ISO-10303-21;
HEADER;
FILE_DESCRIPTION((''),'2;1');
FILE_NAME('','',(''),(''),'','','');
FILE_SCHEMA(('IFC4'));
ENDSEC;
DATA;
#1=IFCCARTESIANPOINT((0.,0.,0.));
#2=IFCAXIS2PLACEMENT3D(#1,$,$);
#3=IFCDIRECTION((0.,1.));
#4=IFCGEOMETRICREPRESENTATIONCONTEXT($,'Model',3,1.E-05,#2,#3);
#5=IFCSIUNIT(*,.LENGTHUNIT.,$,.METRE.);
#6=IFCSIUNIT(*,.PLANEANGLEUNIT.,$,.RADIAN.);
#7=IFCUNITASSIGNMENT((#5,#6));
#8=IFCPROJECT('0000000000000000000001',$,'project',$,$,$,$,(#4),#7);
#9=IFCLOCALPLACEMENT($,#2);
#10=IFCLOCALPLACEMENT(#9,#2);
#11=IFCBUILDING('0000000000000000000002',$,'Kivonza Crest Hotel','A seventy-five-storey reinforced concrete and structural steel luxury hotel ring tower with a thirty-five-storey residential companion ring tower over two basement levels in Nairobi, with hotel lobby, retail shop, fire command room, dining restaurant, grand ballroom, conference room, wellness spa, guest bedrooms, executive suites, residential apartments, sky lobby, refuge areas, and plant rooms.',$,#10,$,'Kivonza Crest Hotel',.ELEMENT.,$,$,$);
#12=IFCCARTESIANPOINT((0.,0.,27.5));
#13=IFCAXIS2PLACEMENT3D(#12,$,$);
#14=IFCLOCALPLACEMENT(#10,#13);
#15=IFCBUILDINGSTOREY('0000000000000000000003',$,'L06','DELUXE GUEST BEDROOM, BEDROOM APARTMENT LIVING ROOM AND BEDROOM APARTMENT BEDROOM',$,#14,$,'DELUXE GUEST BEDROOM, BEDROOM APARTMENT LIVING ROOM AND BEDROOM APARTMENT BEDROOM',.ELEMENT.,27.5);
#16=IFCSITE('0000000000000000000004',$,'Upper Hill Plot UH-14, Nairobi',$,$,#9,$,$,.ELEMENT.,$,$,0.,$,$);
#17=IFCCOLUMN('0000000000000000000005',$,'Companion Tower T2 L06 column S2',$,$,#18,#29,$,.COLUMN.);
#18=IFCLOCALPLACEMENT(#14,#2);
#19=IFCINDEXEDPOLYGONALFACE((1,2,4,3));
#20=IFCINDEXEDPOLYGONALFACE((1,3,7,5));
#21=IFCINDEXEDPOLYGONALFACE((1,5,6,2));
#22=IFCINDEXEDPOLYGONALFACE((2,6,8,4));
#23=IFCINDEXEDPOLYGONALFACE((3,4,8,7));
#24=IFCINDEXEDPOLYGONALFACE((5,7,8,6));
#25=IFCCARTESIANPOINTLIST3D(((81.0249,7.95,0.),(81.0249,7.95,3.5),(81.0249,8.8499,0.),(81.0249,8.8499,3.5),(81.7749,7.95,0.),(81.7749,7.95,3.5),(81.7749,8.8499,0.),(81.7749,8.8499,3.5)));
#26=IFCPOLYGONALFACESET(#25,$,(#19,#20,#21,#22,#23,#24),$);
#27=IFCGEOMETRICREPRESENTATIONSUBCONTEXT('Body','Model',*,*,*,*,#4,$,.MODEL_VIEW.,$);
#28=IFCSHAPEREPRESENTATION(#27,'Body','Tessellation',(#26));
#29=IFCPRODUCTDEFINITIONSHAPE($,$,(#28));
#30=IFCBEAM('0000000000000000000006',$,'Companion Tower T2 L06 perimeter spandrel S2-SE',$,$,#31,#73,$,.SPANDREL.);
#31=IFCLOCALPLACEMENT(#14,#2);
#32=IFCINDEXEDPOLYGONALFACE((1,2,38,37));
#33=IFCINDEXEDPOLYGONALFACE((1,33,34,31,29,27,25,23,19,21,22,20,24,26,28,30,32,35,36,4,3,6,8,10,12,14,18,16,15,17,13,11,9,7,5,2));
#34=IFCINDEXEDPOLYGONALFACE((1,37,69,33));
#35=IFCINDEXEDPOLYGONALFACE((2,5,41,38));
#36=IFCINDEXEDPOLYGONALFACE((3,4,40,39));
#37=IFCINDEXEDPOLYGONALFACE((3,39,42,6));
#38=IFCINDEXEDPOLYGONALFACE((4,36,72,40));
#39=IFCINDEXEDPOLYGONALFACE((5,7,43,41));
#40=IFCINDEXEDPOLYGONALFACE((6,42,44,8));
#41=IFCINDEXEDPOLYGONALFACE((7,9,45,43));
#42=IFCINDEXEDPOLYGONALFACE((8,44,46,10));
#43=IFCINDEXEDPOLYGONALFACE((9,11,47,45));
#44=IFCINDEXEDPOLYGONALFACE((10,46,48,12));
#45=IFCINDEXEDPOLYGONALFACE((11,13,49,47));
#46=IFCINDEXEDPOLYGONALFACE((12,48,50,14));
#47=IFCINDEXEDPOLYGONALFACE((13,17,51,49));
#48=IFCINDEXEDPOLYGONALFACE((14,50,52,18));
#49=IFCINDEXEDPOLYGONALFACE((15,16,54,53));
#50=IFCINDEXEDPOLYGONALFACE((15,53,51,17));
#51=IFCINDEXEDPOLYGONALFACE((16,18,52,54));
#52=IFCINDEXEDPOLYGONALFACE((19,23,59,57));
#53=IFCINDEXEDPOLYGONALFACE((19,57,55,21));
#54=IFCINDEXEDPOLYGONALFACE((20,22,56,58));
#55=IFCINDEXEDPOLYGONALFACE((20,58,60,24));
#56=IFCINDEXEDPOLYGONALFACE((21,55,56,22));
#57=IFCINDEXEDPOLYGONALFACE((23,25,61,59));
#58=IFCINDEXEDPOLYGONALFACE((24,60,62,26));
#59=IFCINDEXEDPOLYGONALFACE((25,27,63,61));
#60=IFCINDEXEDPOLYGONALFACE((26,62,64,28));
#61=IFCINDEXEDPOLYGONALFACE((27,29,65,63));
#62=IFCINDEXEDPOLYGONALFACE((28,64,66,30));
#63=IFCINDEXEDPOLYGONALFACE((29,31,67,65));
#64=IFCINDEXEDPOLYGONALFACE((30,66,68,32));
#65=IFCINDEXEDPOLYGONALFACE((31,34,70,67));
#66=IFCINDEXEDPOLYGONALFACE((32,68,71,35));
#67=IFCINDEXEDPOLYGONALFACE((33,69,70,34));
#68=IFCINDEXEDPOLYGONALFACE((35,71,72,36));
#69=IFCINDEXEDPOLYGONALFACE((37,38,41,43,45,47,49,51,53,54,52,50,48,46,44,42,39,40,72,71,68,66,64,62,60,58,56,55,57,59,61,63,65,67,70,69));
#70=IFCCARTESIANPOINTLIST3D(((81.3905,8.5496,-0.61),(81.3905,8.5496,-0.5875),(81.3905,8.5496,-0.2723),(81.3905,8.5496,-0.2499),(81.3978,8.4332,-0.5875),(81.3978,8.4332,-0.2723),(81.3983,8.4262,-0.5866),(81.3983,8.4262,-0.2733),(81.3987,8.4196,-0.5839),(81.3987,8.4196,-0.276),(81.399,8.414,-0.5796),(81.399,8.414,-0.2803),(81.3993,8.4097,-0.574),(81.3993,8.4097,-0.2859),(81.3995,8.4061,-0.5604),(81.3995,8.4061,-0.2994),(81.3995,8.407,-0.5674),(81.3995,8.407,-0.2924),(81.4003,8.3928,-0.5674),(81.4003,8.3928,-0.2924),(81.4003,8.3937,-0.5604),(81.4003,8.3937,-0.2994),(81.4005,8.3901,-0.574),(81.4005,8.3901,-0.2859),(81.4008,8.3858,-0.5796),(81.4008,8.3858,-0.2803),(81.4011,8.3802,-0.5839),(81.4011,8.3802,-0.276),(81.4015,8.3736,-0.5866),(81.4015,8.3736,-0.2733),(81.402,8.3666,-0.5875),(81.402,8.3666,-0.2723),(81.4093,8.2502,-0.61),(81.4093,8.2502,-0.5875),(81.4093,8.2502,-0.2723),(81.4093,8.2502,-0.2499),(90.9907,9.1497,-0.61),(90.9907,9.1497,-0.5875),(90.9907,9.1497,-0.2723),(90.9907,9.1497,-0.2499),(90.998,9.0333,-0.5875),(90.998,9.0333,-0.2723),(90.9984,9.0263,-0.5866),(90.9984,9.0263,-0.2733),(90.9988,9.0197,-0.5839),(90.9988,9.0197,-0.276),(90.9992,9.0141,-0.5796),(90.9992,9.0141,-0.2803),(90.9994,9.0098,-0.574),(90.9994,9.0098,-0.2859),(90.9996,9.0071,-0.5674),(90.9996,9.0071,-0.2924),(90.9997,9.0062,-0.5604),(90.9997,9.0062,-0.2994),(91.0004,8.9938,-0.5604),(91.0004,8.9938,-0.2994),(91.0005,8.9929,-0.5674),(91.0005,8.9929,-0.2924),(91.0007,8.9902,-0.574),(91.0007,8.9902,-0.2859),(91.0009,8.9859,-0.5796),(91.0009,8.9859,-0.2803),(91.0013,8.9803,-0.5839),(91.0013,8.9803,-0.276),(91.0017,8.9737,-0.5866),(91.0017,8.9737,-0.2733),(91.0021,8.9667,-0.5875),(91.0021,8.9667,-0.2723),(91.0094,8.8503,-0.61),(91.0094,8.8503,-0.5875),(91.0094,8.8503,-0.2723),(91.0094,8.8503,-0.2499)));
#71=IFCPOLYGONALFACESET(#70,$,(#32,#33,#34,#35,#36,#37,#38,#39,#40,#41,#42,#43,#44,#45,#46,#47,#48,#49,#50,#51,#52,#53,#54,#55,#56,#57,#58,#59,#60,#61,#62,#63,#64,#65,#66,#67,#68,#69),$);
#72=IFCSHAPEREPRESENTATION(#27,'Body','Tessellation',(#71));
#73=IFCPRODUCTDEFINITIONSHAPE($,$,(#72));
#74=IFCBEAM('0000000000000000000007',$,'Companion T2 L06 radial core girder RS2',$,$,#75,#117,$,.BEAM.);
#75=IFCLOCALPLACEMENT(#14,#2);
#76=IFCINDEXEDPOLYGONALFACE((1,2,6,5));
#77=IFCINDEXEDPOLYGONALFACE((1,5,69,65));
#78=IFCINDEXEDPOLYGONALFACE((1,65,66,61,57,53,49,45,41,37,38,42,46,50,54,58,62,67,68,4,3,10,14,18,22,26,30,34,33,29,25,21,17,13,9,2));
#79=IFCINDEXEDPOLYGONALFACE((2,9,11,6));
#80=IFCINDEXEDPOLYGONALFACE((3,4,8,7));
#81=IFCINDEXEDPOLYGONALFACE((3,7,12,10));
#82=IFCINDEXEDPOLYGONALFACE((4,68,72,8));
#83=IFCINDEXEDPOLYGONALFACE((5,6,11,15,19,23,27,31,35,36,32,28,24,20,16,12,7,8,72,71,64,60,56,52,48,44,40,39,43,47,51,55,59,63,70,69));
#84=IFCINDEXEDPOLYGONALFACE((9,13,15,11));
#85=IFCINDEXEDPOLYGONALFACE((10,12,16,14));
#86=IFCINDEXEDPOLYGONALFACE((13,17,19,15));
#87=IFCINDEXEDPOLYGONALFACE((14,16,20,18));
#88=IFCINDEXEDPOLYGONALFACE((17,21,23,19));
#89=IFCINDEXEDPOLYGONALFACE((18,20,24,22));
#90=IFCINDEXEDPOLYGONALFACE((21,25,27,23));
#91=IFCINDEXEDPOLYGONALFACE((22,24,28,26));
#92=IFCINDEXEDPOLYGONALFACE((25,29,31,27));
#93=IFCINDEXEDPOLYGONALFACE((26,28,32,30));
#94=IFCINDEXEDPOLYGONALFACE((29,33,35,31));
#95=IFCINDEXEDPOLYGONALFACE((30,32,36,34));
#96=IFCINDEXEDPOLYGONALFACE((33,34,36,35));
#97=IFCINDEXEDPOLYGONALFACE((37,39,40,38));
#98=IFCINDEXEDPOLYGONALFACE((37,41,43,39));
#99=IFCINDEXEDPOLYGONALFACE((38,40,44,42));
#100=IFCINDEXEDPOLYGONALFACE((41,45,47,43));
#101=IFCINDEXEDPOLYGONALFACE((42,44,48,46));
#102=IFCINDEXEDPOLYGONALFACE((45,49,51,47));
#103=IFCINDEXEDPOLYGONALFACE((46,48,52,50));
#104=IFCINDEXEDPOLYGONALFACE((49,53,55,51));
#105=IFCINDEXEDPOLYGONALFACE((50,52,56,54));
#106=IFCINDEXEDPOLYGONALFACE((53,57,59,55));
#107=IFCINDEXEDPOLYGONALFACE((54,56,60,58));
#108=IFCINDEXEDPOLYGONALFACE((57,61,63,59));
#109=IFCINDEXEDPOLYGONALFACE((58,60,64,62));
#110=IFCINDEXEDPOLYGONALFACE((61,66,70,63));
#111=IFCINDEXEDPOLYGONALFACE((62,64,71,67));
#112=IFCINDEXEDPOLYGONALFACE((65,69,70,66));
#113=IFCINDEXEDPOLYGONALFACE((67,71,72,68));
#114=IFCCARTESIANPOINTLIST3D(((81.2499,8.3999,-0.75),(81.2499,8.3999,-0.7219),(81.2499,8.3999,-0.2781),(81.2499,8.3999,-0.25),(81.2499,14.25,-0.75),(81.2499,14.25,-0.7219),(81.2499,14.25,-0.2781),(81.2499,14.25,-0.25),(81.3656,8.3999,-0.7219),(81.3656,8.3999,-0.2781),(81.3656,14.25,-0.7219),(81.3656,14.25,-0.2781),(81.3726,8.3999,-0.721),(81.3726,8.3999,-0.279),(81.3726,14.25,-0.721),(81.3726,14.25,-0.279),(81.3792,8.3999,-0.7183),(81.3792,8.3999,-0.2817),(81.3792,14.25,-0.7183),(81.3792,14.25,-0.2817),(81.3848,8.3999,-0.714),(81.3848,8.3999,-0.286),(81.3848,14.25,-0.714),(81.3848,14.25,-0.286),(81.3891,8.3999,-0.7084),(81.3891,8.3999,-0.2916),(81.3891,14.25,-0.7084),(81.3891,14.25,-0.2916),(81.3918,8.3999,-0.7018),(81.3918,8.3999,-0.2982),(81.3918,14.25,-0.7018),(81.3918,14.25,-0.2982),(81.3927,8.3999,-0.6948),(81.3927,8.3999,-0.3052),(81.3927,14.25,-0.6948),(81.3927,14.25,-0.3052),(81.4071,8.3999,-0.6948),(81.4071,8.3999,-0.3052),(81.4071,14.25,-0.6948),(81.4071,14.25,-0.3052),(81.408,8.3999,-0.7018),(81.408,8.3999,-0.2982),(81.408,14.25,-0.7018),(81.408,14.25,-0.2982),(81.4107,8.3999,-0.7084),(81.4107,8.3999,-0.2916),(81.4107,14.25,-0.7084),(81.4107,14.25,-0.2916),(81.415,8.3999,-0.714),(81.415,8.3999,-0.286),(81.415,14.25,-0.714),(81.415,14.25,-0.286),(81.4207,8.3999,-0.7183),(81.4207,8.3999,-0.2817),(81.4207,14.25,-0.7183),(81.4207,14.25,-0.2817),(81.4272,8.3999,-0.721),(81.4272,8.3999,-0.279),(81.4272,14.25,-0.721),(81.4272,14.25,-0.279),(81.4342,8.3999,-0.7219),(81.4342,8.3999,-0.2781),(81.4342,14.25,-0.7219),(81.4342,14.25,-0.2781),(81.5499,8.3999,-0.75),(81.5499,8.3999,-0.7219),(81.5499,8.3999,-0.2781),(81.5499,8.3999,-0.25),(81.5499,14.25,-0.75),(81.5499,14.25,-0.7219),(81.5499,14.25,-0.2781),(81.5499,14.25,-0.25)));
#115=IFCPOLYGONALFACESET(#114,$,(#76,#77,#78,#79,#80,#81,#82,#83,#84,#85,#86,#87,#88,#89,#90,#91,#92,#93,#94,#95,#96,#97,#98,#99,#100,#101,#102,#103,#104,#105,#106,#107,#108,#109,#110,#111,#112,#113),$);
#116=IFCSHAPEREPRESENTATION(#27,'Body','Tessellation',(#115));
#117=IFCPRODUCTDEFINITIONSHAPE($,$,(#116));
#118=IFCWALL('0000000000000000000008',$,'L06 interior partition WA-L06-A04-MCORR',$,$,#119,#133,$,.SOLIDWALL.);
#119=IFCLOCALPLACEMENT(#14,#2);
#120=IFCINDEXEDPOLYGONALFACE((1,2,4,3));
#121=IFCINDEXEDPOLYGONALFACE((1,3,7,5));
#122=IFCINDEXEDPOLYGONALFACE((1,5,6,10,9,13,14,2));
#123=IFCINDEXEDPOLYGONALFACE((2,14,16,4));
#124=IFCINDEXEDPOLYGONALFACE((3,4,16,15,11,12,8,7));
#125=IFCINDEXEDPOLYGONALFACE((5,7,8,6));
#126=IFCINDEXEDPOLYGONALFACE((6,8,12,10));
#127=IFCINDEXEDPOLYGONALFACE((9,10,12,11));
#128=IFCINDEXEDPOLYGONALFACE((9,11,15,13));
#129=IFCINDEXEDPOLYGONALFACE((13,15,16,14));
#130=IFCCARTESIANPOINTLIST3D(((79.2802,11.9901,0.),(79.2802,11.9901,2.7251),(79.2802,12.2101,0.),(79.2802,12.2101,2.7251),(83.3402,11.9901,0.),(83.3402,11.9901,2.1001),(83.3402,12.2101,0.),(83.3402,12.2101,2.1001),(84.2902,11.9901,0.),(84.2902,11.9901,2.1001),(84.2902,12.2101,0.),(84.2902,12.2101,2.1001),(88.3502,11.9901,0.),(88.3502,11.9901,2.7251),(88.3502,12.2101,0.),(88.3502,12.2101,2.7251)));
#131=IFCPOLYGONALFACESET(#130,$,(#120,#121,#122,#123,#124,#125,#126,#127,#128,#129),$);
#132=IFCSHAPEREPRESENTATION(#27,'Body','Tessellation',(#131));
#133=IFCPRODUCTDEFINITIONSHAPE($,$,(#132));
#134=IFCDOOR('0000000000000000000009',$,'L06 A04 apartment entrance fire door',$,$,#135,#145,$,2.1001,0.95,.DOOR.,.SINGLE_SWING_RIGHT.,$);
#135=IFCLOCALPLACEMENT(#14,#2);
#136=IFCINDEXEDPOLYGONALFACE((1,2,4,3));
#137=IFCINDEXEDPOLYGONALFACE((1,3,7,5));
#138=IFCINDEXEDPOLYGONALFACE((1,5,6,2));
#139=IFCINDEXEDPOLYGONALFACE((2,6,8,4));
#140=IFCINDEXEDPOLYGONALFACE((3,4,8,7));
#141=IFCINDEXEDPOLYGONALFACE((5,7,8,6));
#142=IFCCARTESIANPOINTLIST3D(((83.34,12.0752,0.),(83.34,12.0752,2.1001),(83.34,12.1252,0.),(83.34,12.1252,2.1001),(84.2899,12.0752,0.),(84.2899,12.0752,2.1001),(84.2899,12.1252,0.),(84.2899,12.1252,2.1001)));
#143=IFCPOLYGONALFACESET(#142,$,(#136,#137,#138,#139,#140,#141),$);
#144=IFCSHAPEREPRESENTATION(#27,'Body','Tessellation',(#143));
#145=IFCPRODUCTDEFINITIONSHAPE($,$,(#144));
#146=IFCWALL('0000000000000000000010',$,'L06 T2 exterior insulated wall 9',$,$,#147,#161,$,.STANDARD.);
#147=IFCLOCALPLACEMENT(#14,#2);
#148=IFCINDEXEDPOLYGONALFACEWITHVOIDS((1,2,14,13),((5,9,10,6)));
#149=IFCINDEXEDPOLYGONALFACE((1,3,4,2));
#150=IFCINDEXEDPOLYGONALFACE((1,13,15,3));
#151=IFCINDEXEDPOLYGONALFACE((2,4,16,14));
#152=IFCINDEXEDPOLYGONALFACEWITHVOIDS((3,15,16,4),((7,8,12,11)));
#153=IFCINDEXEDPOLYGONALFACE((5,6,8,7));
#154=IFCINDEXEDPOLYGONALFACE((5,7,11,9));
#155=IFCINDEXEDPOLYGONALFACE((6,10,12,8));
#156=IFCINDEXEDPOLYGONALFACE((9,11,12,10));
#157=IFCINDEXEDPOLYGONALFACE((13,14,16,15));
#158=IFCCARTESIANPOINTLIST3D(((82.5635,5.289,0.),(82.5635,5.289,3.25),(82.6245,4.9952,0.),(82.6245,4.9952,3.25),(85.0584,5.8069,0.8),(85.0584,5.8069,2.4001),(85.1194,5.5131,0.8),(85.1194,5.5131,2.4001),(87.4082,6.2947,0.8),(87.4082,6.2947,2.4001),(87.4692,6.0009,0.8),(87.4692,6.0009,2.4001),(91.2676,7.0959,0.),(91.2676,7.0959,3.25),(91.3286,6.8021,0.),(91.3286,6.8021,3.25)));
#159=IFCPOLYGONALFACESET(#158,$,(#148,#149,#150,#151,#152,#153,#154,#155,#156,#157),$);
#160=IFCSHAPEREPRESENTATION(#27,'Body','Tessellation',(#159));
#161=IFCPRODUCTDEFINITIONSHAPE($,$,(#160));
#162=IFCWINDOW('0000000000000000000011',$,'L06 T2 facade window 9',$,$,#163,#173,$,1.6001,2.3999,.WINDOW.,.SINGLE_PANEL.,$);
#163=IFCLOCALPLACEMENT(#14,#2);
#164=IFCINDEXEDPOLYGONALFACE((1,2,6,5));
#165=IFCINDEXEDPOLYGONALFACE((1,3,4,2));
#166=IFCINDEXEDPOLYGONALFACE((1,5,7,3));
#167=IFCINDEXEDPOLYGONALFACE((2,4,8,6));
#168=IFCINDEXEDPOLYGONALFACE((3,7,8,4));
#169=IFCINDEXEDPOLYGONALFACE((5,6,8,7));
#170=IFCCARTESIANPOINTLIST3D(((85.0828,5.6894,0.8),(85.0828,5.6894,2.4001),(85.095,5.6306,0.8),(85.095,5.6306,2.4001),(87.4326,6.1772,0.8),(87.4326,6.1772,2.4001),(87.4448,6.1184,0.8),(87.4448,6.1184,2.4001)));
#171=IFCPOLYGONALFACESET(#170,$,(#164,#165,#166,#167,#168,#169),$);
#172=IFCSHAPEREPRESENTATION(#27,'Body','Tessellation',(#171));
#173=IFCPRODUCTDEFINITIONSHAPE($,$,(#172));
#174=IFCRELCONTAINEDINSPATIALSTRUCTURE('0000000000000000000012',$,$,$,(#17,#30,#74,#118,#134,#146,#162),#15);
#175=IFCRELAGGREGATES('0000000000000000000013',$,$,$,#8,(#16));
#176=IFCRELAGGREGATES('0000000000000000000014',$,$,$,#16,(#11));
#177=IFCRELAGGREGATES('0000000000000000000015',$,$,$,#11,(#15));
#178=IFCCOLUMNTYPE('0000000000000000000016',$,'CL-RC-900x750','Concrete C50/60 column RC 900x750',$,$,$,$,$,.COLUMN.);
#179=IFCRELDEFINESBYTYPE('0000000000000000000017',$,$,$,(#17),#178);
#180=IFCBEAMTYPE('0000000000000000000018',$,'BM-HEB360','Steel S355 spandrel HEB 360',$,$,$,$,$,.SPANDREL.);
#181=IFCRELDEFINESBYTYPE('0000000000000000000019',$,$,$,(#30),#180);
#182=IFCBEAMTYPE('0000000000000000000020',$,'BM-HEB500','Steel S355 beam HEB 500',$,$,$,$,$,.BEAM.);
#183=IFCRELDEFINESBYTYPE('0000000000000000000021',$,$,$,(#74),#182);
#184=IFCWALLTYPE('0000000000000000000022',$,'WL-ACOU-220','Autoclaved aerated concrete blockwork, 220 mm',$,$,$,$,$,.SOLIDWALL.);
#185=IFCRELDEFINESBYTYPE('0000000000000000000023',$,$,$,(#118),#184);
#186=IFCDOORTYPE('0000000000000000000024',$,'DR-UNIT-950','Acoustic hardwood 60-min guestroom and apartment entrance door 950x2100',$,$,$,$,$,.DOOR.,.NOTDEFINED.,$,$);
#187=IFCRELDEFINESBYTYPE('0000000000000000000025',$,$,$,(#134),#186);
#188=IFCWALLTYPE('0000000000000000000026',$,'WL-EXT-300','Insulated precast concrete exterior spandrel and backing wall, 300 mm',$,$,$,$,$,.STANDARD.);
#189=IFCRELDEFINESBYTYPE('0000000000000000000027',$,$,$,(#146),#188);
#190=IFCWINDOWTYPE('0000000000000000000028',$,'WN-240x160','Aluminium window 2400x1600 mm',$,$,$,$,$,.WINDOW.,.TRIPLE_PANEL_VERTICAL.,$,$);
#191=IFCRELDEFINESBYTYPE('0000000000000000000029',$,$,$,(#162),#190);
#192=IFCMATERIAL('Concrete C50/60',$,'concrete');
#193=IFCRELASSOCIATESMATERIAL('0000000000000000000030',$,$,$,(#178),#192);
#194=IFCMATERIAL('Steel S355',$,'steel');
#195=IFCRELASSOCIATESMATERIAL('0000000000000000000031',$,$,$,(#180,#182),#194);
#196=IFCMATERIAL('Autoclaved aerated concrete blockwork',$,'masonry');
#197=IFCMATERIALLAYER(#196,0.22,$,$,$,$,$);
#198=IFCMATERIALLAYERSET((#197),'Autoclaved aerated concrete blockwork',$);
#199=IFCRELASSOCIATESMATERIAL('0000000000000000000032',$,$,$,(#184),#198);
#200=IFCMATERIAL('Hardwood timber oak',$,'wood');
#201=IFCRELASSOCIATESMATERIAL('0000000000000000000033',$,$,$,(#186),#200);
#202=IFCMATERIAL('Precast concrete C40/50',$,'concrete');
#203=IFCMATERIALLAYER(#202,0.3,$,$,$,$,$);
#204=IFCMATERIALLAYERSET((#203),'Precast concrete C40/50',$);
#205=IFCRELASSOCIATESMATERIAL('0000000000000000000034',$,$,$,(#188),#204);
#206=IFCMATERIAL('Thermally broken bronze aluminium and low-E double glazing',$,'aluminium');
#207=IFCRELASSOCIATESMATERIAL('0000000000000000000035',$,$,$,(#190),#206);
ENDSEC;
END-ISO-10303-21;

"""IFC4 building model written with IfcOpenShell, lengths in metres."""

from ifc_helpers import new_model, si_unit, direction, frame, frame_2d, origin, origin_2d, place, context, subcontext, project, spatial, rectangle, i_section, extrude, material, layer, layer_set, material_profile, profile_set, type_object, element, fill, save


model = new_model("IFC4")

# Units and contexts
model_context = context("Model", 3, precision=1e-05, world=origin(), true_north=direction((0.0, 1.0)))
body_context = subcontext(model_context, "Body", "Model", "MODEL_VIEW")
ifc_project = project(units=[si_unit("LENGTHUNIT", "METRE"), si_unit("PLANEANGLEUNIT", "RADIAN")], contexts=[model_context])

# Site, building, storey
site_placement = place(None, origin())
site = spatial("IfcSite", under=ifc_project, at=site_placement, Name="Upper Hill Plot UH-14, Nairobi", CompositionType="ELEMENT", RefElevation=0.0)
building_placement = place(site_placement, origin())
building = spatial("IfcBuilding", under=site, at=building_placement, Name="Kivonza Crest Hotel", Description="A seventy-five-storey reinforced concrete and structural steel luxury hotel ring tower with a thirty-five-storey residential companion ring tower over two basement levels in Nairobi, with hotel lobby, retail shop, fire command room, dining restaurant, grand ballroom, conference room, wellness spa, guest bedrooms, executive suites, residential apartments, sky lobby, refuge areas, and plant rooms.", LongName="Kivonza Crest Hotel", CompositionType="ELEMENT")
storey_placement = place(building_placement, frame((0.0, 0.0, 27.5)))
storey = spatial("IfcBuildingStorey", under=building, at=storey_placement, Name="L06", Description="DELUXE GUEST BEDROOM, BEDROOM APARTMENT LIVING ROOM AND BEDROOM APARTMENT BEDROOM", LongName="DELUXE GUEST BEDROOM, BEDROOM APARTMENT LIVING ROOM AND BEDROOM APARTMENT BEDROOM", CompositionType="ELEMENT", Elevation=27.5)

# Column
ifc_material_1 = material(Name="Concrete C50/60", Category="concrete")
ifc_material_profile_1 = material_profile(ifc_material_1, rectangle(XDim=0.75, YDim=0.8999, at=origin_2d()), Name="RC 900x750")
ifc_profile_set_1 = profile_set([ifc_material_profile_1], Name="Concrete C50/60")
column_type = type_object("IfcColumnType", Name="CL-RC-900x750", Description="Concrete C50/60 column RC 900x750", PredefinedType="COLUMN", material=ifc_profile_set_1)
column_placement = place(storey_placement, frame((81.3999, 8.3999, 0.0), z_axis=(0.0, 0.0, 1.0), x_axis=(1.0, 0.0, 0.0)))
element("IfcColumn", 1, at=column_placement, inside=storey, type_object=column_type, Name="Companion Tower T2 L06 column S2", PredefinedType="COLUMN", context=body_context, shape_type="SweptSolid", body=[
    extrude(rectangle(XDim=0.75, YDim=0.8999, at=origin_2d()), origin(), (0.0, 0.0, 1.0), 3.5),
])

# Beams
ifc_material_2 = material(Name="Steel S355", Category="steel")
ifc_material_profile_2 = material_profile(ifc_material_2, i_section(OverallWidth=0.3, OverallDepth=0.3601, WebThickness=0.0125, FlangeThickness=0.0225, FilletRadius=0.0271, at=origin_2d()), Name="HEB 360")
ifc_profile_set_2 = profile_set([ifc_material_profile_2], Name="Steel S355")
beam_type_1 = type_object("IfcBeamType", Name="BM-HEB360", Description="Steel S355 spandrel HEB 360", PredefinedType="SPANDREL", material=ifc_profile_set_2)
beam_1_placement = place(storey_placement, frame((81.3999, 8.3999, -0.4299), z_axis=(0.998052, 0.062388, 0.0), x_axis=(-0.062388, 0.998052, 0.0)))
element("IfcBeam", 2, at=beam_1_placement, inside=storey, type_object=beam_type_1, Name="Companion Tower T2 L06 perimeter spandrel S2-SE", PredefinedType="SPANDREL", context=body_context, shape_type="SweptSolid", body=[
    extrude(i_section(OverallWidth=0.3, OverallDepth=0.3601, WebThickness=0.0125, FlangeThickness=0.0225, FilletRadius=0.0271, at=origin_2d()), origin(), (0.0, 0.0, 1.0), 9.6189),
])
ifc_material_profile_3 = material_profile(ifc_material_2, i_section(OverallWidth=0.3, OverallDepth=0.5, WebThickness=0.0144, FlangeThickness=0.0281, FilletRadius=0.0271, at=origin_2d()), Name="HEB 500")
ifc_profile_set_3 = profile_set([ifc_material_profile_3], Name="Steel S355")
beam_type_2 = type_object("IfcBeamType", Name="BM-HEB500", Description="Steel S355 beam HEB 500", PredefinedType="BEAM", material=ifc_profile_set_3)
beam_2_placement = place(storey_placement, frame((81.3999, 8.3999, -0.5), z_axis=(0.0, 1.0, 0.0), x_axis=(-1.0, 0.0, 0.0)))
element("IfcBeam", 3, at=beam_2_placement, inside=storey, type_object=beam_type_2, Name="Companion T2 L06 radial core girder RS2", PredefinedType="BEAM", context=body_context, shape_type="SweptSolid", body=[
    extrude(i_section(OverallWidth=0.3, OverallDepth=0.5, WebThickness=0.0144, FlangeThickness=0.0281, FilletRadius=0.0271, at=origin_2d()), origin(), (0.0, 0.0, 1.0), 5.8501),
])

# Wall, opening, door
ifc_material_3 = material(Name="Autoclaved aerated concrete blockwork", Category="masonry")
ifc_layer_1 = layer(ifc_material_3, 0.22)
ifc_layer_set_1 = layer_set([ifc_layer_1], Name="Autoclaved aerated concrete blockwork")
wall_type_1 = type_object("IfcWallType", Name="WL-ACOU-220", Description="Autoclaved aerated concrete blockwork, 220 mm", PredefinedType="SOLIDWALL", material=ifc_layer_set_1)
wall_1_placement = place(storey_placement, frame((79.28, 12.1001, 0.0), z_axis=(0.0, 0.0, 1.0), x_axis=(1.0, 0.0, 0.0)))
wall_1 = element("IfcWall", 4, at=wall_1_placement, inside=storey, type_object=wall_type_1, Name="L06 interior partition WA-L06-A04-MCORR", PredefinedType="SOLIDWALL", context=body_context, shape_type="SweptSolid", body=[
    extrude(rectangle(XDim=9.0701, YDim=0.22, at=frame_2d((4.5352, 0.0))), origin(), (0.0, 0.0, 1.0), 2.7251),
])
opening_1_placement = place(wall_1_placement, frame((4.0601, 0.0, 0.0)))
opening_1 = element("IfcOpeningElement", 5, at=opening_1_placement, cuts=wall_1, PredefinedType="OPENING", context=body_context, shape_type="SweptSolid", body=[
    extrude(rectangle(XDim=0.95, YDim=2.1001, at=frame_2d((0.4751, 1.05))), frame((0.0, 0.1201, 0.0), z_axis=(0.0, -1.0, 0.0), x_axis=(1.0, 0.0, 0.0)), (0.0, 0.0, 1.0), 0.24),
])
ifc_material_4 = material(Name="Hardwood timber oak", Category="wood")
door_type_1 = type_object("IfcDoorType", Name="DR-UNIT-950", Description="Acoustic hardwood 60-min guestroom and apartment entrance door 950x2100", OperationType="NOTDEFINED", PredefinedType="DOOR", material=ifc_material_4)
door_1_placement = place(opening_1_placement, frame((0.95, 0.0, 0.0), z_axis=(0.0, 0.0, 1.0), x_axis=(-1.0, 0.0, 0.0)))
door_1 = element("IfcDoor", 6, at=door_1_placement, inside=storey, type_object=door_type_1, Name="L06 A04 apartment entrance fire door", OperationType="SINGLE_SWING_RIGHT", OverallHeight=2.1001, OverallWidth=0.95, PredefinedType="DOOR", context=body_context, shape_type="SweptSolid", body=[
    extrude(rectangle(XDim=0.95, YDim=2.1001, at=frame_2d((0.4751, 1.05))), frame((0.0, 0.0249, 0.0), z_axis=(0.0, -1.0, 0.0), x_axis=(1.0, 0.0, 0.0)), (0.0, 0.0, 1.0), 0.05),
])
fill(opening_1, door_1)

# Wall, opening, window
ifc_material_5 = material(Name="Precast concrete C40/50", Category="concrete")
ifc_layer_2 = layer(ifc_material_5, 0.3)
ifc_layer_set_2 = layer_set([ifc_layer_2], Name="Precast concrete C40/50")
wall_type_2 = type_object("IfcWallType", Name="WL-EXT-300", Description="Insulated precast concrete exterior spandrel and backing wall, 300 mm", PredefinedType="STANDARD", material=ifc_layer_set_2)
wall_2_placement = place(storey_placement, frame((82.594, 5.1421, 0.0), z_axis=(0.0, 0.0, 1.0), x_axis=(0.979125, 0.203257, 0.0)))
wall_2 = element("IfcWall", 7, at=wall_2_placement, inside=storey, type_object=wall_type_2, Name="L06 T2 exterior insulated wall 9", PredefinedType="STANDARD", context=body_context, shape_type="SweptSolid", body=[
    extrude(rectangle(XDim=8.8896, YDim=0.3, at=frame_2d((4.4448, 0.0))), origin(), (0.0, 0.0, 1.0), 3.25),
])
opening_2_placement = place(wall_2_placement, frame((2.5481, 0.0, 0.8)))
opening_2 = element("IfcOpeningElement", 8, at=opening_2_placement, cuts=wall_2, PredefinedType="OPENING", context=body_context, shape_type="SweptSolid", body=[
    extrude(rectangle(XDim=2.3999, YDim=1.6001, at=frame_2d((1.2, 0.8))), frame((0.0, 0.1602, 0.0), z_axis=(0.0, -1.0, 0.0), x_axis=(1.0, 0.0, 0.0)), (0.0, 0.0, 1.0), 0.3201),
])
ifc_material_6 = material(Name="Thermally broken bronze aluminium and low-E double glazing", Category="aluminium")
window_type = type_object("IfcWindowType", Name="WN-240x160", Description="Aluminium window 2400x1600 mm", PartitioningType="TRIPLE_PANEL_VERTICAL", PredefinedType="WINDOW", material=ifc_material_6)
window_placement = place(opening_2_placement, origin())
window = element("IfcWindow", 9, at=window_placement, inside=storey, type_object=window_type, Name="L06 T2 facade window 9", OverallHeight=1.6001, OverallWidth=2.3999, PartitioningType="SINGLE_PANEL", PredefinedType="WINDOW", context=body_context, shape_type="SweptSolid", body=[
    extrude(rectangle(XDim=2.3999, YDim=1.6001, at=frame_2d((1.2, 0.8))), frame((0.0, 0.03, 0.0), z_axis=(0.0, -1.0, 0.0), x_axis=(1.0, 0.0, 0.0)), (0.0, 0.0, 1.0), 0.0601),
])
fill(opening_2, window)

save(model, "model.ifc")
